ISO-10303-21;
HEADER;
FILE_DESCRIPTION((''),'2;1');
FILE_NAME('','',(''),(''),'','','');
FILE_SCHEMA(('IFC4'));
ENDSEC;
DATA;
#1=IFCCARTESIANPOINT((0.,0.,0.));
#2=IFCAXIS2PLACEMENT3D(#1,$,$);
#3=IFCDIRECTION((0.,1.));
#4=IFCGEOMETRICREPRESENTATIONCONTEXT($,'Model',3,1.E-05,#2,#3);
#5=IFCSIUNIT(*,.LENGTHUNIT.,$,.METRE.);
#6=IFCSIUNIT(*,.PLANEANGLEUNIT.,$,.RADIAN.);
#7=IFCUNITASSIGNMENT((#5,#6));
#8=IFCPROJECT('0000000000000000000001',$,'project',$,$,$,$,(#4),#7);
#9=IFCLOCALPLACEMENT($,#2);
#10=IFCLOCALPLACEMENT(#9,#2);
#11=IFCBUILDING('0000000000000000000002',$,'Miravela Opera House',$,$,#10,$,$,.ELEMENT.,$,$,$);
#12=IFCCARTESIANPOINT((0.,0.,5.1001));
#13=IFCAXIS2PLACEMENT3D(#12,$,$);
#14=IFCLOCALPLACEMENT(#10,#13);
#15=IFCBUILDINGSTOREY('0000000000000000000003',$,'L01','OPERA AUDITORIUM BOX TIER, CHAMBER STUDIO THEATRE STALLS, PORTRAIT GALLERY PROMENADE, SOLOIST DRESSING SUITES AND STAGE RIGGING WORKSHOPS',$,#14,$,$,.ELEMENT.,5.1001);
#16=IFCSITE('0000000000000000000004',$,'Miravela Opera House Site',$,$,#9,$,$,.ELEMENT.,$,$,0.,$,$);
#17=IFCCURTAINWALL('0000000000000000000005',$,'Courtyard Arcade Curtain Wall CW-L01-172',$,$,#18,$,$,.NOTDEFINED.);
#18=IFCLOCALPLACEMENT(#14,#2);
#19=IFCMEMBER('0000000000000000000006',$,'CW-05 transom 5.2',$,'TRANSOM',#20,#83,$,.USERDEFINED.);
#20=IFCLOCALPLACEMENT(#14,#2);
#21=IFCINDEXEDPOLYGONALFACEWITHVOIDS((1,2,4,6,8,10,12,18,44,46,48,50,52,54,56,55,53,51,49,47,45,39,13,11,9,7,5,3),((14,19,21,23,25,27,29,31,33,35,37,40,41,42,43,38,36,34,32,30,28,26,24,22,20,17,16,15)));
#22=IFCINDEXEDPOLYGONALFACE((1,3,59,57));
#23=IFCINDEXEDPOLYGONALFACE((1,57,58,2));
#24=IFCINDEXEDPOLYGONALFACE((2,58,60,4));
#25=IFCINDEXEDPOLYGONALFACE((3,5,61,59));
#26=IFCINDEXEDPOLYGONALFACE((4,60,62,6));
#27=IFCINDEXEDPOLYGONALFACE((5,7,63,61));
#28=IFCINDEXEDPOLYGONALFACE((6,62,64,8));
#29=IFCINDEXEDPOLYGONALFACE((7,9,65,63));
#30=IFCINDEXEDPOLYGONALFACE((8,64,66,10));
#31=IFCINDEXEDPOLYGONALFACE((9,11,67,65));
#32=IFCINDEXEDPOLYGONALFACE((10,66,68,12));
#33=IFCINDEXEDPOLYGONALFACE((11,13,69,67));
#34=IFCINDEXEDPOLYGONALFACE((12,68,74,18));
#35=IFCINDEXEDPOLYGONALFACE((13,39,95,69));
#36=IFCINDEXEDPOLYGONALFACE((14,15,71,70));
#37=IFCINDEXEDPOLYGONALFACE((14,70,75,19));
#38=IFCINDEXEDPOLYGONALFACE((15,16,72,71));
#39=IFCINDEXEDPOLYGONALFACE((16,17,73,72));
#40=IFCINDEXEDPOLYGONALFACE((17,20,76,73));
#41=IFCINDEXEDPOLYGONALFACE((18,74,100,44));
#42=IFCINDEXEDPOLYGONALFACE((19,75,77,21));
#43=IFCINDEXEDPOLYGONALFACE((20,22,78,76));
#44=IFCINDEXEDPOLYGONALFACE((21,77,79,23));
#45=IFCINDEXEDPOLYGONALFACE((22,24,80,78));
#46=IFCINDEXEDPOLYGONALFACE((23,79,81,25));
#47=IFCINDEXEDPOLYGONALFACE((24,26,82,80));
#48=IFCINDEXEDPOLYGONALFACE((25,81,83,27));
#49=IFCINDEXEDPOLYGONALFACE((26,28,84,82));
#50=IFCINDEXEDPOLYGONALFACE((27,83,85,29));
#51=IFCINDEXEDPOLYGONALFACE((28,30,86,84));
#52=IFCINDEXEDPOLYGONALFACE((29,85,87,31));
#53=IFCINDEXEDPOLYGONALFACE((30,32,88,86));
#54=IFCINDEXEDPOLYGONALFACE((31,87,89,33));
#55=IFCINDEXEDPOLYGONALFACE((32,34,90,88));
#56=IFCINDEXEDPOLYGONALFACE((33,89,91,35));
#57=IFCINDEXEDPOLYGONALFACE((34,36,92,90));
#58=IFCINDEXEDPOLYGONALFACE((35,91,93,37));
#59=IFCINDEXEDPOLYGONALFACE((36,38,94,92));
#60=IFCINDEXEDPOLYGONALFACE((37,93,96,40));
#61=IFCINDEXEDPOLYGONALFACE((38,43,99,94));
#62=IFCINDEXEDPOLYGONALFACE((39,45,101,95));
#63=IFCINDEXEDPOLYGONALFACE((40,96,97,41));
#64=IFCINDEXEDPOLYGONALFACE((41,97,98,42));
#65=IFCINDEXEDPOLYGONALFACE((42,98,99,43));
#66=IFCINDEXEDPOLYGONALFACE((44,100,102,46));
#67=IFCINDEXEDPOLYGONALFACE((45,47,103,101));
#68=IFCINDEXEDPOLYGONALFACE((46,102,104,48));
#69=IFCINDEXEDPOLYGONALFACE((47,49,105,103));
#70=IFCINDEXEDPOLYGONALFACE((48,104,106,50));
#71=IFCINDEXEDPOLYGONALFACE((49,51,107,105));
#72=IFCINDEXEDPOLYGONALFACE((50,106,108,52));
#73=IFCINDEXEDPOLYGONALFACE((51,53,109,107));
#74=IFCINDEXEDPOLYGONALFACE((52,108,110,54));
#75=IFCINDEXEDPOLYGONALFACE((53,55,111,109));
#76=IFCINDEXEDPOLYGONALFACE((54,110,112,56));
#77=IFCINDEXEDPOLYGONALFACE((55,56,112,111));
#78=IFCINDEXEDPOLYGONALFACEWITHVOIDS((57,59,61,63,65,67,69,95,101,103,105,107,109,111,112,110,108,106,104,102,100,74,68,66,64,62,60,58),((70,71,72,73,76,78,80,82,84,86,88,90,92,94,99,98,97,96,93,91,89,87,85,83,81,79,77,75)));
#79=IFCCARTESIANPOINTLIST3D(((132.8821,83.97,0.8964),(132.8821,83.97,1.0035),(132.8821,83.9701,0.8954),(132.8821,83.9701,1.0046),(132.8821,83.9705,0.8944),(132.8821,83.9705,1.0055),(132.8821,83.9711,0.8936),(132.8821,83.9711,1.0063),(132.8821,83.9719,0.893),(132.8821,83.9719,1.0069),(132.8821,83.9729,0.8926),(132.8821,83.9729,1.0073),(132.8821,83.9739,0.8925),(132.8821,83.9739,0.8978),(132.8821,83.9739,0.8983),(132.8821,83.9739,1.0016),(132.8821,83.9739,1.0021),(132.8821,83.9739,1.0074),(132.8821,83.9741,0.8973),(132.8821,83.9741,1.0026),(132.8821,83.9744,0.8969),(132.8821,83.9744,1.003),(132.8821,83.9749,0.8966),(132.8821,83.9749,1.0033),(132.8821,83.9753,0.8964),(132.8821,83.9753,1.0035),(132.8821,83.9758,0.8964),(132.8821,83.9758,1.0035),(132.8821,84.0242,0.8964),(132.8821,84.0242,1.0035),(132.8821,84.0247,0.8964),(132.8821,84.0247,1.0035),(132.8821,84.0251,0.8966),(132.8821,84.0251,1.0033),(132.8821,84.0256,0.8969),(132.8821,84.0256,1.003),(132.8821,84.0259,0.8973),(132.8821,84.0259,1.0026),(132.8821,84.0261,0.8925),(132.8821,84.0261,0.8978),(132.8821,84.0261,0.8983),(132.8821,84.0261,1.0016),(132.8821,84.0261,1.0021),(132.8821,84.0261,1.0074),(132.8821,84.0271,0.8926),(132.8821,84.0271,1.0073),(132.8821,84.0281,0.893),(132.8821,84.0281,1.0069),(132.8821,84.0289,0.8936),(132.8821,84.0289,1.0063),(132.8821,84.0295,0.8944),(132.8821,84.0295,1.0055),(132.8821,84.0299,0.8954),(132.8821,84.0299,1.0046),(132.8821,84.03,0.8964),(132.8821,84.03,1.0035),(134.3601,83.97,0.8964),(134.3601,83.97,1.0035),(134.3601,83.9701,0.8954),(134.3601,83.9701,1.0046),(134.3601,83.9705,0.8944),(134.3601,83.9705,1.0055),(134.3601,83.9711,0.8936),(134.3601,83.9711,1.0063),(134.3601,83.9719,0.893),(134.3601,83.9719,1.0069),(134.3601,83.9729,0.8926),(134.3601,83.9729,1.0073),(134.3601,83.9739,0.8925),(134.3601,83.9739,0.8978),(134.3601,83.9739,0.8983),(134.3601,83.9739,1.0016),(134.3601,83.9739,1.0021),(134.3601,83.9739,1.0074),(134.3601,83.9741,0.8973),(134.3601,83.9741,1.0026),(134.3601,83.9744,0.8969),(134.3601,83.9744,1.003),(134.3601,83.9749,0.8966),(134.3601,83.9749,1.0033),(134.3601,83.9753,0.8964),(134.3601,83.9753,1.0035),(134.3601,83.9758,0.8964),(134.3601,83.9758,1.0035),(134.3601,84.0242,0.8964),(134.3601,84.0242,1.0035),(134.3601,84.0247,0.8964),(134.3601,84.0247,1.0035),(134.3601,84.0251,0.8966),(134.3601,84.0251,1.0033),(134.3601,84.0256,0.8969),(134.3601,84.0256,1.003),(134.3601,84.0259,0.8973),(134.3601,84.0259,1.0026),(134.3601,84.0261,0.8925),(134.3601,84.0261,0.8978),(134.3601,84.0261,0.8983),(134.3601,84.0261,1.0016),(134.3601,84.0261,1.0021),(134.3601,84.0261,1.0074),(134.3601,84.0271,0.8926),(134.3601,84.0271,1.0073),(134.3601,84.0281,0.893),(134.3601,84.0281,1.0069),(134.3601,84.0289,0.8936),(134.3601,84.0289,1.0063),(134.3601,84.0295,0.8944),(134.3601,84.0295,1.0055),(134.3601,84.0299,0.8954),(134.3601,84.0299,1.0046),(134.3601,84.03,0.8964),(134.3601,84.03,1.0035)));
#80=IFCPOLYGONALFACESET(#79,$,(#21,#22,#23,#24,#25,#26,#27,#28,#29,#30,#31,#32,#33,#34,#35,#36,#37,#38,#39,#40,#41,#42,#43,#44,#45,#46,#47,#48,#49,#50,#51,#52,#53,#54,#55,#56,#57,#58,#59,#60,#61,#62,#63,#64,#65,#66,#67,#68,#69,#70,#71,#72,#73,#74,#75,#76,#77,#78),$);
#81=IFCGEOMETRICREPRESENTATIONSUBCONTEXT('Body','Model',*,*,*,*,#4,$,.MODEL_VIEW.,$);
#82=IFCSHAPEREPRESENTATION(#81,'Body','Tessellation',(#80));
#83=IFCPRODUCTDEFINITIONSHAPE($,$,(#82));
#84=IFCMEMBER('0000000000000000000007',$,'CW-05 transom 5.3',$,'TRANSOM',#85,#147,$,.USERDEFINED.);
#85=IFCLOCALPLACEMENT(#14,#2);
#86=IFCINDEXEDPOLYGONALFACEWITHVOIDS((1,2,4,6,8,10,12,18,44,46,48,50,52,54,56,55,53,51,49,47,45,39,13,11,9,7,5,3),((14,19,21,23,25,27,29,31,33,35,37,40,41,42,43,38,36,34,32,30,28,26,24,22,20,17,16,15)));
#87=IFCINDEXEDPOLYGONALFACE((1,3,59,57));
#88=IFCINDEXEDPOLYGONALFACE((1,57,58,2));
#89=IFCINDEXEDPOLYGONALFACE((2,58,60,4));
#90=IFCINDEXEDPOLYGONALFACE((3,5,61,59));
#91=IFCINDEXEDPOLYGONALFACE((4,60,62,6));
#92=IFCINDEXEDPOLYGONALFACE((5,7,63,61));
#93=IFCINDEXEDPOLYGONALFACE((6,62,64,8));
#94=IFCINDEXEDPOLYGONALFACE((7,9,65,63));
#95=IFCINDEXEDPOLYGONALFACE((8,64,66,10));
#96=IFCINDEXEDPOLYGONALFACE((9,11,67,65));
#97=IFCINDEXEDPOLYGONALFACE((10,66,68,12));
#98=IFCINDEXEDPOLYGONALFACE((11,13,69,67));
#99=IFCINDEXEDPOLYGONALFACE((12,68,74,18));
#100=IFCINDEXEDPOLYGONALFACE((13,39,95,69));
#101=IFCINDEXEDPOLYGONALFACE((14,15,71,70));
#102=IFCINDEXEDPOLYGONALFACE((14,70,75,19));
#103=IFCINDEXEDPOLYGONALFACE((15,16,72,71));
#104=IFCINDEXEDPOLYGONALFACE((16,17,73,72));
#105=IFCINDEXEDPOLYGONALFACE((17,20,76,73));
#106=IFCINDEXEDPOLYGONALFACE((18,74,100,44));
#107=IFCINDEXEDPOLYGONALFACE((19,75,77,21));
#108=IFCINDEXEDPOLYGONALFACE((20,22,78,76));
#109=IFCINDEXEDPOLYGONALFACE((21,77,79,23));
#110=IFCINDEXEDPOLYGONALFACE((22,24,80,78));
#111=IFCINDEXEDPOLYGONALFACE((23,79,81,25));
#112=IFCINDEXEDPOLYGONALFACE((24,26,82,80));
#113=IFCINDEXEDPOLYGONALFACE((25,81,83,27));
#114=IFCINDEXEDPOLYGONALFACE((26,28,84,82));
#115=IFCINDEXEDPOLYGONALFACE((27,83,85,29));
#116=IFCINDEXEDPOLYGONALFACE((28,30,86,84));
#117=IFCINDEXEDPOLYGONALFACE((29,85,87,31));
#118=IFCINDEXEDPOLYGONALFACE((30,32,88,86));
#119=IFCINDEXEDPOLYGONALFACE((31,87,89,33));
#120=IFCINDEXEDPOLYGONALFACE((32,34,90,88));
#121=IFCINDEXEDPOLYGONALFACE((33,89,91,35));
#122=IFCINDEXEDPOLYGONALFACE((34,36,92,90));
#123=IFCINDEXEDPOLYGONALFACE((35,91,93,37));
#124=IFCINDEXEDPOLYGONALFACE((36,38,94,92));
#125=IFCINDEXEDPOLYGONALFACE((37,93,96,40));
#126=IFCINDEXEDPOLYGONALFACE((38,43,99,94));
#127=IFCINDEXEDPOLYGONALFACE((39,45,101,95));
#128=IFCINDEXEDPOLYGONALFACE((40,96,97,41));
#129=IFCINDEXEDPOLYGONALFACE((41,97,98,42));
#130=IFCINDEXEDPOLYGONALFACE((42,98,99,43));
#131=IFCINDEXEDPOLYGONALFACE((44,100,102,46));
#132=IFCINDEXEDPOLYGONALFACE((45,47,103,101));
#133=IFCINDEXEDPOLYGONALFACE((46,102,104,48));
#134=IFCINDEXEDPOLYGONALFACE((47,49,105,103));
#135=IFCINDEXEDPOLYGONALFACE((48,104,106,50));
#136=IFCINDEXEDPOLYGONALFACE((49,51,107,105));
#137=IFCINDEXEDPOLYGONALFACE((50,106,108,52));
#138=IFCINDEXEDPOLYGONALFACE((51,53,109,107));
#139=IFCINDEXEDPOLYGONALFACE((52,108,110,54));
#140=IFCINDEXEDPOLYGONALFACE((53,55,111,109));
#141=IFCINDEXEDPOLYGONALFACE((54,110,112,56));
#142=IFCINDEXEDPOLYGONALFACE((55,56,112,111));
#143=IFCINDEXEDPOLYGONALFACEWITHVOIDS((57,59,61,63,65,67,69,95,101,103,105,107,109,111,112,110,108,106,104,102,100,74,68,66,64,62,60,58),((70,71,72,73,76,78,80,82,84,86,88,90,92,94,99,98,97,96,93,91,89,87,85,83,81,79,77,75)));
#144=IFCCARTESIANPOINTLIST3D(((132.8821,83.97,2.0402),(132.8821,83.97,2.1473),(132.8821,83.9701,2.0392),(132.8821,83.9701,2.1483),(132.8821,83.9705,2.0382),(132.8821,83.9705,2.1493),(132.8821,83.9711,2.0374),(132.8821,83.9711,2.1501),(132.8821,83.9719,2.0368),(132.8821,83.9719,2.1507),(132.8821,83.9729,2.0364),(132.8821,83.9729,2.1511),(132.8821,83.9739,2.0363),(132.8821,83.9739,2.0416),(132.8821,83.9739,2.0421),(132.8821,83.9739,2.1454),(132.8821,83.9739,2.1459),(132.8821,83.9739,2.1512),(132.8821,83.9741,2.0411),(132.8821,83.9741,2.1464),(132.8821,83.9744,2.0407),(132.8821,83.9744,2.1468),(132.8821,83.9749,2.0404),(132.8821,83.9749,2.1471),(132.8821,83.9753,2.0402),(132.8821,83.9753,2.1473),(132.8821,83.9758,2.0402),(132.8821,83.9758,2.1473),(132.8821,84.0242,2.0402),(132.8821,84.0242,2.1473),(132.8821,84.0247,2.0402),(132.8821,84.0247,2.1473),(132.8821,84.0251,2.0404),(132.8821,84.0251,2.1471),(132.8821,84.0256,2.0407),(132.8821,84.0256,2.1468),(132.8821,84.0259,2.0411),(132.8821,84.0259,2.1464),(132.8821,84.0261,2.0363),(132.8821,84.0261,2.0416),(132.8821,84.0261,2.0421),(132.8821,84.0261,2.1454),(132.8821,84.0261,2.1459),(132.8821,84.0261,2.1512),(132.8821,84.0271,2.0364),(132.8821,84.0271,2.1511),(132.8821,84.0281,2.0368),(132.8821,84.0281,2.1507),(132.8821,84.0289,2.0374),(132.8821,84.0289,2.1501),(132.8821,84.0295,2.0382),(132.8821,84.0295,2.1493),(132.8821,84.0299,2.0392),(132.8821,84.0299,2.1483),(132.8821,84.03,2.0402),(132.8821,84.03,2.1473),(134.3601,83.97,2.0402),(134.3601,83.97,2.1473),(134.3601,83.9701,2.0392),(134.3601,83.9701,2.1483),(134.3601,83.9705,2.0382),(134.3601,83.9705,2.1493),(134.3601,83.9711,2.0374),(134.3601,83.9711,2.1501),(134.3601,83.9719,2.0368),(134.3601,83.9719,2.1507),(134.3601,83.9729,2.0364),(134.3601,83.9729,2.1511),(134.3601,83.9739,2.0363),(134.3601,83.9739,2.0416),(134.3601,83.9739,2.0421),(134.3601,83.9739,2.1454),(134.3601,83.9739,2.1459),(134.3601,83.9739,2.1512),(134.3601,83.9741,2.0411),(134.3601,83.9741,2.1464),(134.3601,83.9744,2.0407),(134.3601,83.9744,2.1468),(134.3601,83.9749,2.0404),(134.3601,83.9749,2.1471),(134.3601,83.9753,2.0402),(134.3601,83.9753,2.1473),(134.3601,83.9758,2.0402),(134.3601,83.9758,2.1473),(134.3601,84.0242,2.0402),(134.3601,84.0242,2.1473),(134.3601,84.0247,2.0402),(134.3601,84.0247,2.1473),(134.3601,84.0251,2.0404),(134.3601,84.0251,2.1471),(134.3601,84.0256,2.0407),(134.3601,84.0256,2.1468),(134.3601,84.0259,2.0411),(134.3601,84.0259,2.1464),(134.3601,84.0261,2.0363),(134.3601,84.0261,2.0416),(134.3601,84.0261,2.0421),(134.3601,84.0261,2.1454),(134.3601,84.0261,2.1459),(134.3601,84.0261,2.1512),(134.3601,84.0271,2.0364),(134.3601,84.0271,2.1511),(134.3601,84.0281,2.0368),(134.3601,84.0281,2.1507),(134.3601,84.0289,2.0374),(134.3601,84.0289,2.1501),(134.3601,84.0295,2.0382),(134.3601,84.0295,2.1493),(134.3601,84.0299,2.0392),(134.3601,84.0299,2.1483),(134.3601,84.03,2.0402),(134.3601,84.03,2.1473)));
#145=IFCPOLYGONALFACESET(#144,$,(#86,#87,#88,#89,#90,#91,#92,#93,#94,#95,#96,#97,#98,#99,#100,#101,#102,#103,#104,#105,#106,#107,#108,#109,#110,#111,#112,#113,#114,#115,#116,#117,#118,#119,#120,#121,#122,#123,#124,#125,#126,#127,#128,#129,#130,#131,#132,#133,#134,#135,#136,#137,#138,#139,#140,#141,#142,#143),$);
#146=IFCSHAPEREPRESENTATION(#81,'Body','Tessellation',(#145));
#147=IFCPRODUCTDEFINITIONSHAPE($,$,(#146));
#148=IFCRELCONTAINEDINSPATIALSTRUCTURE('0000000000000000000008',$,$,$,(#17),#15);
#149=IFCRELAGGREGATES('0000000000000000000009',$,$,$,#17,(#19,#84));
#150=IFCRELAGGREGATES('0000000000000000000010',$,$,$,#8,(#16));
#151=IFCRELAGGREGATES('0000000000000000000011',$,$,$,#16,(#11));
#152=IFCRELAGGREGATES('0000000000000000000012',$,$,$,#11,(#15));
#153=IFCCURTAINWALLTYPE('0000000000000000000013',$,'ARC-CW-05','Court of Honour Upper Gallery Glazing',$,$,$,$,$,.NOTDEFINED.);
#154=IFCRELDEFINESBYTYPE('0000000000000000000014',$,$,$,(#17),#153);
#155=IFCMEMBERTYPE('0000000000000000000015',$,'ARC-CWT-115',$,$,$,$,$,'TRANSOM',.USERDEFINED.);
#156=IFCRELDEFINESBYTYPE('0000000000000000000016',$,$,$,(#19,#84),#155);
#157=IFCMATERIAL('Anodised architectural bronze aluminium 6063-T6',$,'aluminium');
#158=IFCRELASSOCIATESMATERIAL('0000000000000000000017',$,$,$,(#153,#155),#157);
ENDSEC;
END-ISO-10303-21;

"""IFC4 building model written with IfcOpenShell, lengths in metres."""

from ifc_helpers import new_model, si_unit, direction, frame, origin, origin_2d, place, context, subcontext, project, spatial, hollow_rectangle, extrude, material, material_profile, profile_set, type_object, element, aggregate, save


model = new_model("IFC4")

# Units and contexts
model_context = context("Model", 3, precision=1e-05, world=origin(), true_north=direction((0.0, 1.0)))
body_context = subcontext(model_context, "Body", "Model", "MODEL_VIEW")
ifc_project = project(units=[si_unit("LENGTHUNIT", "METRE"), si_unit("PLANEANGLEUNIT", "RADIAN")], contexts=[model_context])

# Site, building, storey
site_placement = place(None, origin())
site = spatial("IfcSite", under=ifc_project, at=site_placement, Name="Miravela Opera House Site", CompositionType="ELEMENT", RefElevation=0.0)
building_placement = place(site_placement, origin())
building = spatial("IfcBuilding", under=site, at=building_placement, Name="Miravela Opera House", CompositionType="ELEMENT")
storey_placement = place(building_placement, frame((0.0, 0.0, 5.1001)))
storey = spatial("IfcBuildingStorey", under=building, at=storey_placement, Name="L01", Description="OPERA AUDITORIUM BOX TIER, CHAMBER STUDIO THEATRE STALLS, PORTRAIT GALLERY PROMENADE, SOLOIST DRESSING SUITES AND STAGE RIGGING WORKSHOPS", CompositionType="ELEMENT", Elevation=5.1001)

# Curtain wall, members
ifc_material_1 = material(Name="Anodised architectural bronze aluminium 6063-T6", Category="aluminium")
curtain_wall_type = type_object("IfcCurtainWallType", Name="ARC-CW-05", Description="Court of Honour Upper Gallery Glazing", PredefinedType="NOTDEFINED", material=ifc_material_1)
curtain_wall_placement = place(storey_placement, origin())
curtain_wall = element("IfcCurtainWall", 1, at=curtain_wall_placement, inside=storey, type_object=curtain_wall_type, Name="Courtyard Arcade Curtain Wall CW-L01-172", PredefinedType="NOTDEFINED")
ifc_material_profile_1 = material_profile(ifc_material_1, hollow_rectangle(XDim=0.0601, YDim=0.115, WallThickness=0.0039, InnerFilletRadius=0.002, OuterFilletRadius=0.0039, at=origin_2d()), Name="CWT-60X115")
ifc_profile_set_1 = profile_set([ifc_material_profile_1])
member_type_1 = type_object("IfcMemberType", Name="ARC-CWT-115", ElementType="TRANSOM", PredefinedType="USERDEFINED", material=ifc_profile_set_1)
member_1_placement = place(storey_placement, frame((132.8821, 84.0, 0.95), z_axis=(1.0, 0.0, 0.0), x_axis=(0.0, 1.0, 0.0)))
member_1 = element("IfcMember", 2, at=member_1_placement, type_object=member_type_1, Name="CW-05 transom 5.2", ObjectType="TRANSOM", PredefinedType="USERDEFINED", context=body_context, shape_type="SweptSolid", body=[
    extrude(hollow_rectangle(XDim=0.0601, YDim=0.115, WallThickness=0.0039, InnerFilletRadius=0.002, OuterFilletRadius=0.0039, at=origin_2d()), origin(), (0.0, 0.0, 1.0), 1.478),
])
member_2_placement = place(storey_placement, frame((132.8821, 84.0, 2.0938), z_axis=(1.0, 0.0, 0.0), x_axis=(0.0, 1.0, 0.0)))
member_2 = element("IfcMember", 3, at=member_2_placement, type_object=member_type_1, Name="CW-05 transom 5.3", ObjectType="TRANSOM", PredefinedType="USERDEFINED", context=body_context, shape_type="SweptSolid", body=[
    extrude(hollow_rectangle(XDim=0.0601, YDim=0.115, WallThickness=0.0039, InnerFilletRadius=0.002, OuterFilletRadius=0.0039, at=origin_2d()), origin(), (0.0, 0.0, 1.0), 1.478),
])
aggregate(curtain_wall, [member_1, member_2])

save(model, "model.ifc")
